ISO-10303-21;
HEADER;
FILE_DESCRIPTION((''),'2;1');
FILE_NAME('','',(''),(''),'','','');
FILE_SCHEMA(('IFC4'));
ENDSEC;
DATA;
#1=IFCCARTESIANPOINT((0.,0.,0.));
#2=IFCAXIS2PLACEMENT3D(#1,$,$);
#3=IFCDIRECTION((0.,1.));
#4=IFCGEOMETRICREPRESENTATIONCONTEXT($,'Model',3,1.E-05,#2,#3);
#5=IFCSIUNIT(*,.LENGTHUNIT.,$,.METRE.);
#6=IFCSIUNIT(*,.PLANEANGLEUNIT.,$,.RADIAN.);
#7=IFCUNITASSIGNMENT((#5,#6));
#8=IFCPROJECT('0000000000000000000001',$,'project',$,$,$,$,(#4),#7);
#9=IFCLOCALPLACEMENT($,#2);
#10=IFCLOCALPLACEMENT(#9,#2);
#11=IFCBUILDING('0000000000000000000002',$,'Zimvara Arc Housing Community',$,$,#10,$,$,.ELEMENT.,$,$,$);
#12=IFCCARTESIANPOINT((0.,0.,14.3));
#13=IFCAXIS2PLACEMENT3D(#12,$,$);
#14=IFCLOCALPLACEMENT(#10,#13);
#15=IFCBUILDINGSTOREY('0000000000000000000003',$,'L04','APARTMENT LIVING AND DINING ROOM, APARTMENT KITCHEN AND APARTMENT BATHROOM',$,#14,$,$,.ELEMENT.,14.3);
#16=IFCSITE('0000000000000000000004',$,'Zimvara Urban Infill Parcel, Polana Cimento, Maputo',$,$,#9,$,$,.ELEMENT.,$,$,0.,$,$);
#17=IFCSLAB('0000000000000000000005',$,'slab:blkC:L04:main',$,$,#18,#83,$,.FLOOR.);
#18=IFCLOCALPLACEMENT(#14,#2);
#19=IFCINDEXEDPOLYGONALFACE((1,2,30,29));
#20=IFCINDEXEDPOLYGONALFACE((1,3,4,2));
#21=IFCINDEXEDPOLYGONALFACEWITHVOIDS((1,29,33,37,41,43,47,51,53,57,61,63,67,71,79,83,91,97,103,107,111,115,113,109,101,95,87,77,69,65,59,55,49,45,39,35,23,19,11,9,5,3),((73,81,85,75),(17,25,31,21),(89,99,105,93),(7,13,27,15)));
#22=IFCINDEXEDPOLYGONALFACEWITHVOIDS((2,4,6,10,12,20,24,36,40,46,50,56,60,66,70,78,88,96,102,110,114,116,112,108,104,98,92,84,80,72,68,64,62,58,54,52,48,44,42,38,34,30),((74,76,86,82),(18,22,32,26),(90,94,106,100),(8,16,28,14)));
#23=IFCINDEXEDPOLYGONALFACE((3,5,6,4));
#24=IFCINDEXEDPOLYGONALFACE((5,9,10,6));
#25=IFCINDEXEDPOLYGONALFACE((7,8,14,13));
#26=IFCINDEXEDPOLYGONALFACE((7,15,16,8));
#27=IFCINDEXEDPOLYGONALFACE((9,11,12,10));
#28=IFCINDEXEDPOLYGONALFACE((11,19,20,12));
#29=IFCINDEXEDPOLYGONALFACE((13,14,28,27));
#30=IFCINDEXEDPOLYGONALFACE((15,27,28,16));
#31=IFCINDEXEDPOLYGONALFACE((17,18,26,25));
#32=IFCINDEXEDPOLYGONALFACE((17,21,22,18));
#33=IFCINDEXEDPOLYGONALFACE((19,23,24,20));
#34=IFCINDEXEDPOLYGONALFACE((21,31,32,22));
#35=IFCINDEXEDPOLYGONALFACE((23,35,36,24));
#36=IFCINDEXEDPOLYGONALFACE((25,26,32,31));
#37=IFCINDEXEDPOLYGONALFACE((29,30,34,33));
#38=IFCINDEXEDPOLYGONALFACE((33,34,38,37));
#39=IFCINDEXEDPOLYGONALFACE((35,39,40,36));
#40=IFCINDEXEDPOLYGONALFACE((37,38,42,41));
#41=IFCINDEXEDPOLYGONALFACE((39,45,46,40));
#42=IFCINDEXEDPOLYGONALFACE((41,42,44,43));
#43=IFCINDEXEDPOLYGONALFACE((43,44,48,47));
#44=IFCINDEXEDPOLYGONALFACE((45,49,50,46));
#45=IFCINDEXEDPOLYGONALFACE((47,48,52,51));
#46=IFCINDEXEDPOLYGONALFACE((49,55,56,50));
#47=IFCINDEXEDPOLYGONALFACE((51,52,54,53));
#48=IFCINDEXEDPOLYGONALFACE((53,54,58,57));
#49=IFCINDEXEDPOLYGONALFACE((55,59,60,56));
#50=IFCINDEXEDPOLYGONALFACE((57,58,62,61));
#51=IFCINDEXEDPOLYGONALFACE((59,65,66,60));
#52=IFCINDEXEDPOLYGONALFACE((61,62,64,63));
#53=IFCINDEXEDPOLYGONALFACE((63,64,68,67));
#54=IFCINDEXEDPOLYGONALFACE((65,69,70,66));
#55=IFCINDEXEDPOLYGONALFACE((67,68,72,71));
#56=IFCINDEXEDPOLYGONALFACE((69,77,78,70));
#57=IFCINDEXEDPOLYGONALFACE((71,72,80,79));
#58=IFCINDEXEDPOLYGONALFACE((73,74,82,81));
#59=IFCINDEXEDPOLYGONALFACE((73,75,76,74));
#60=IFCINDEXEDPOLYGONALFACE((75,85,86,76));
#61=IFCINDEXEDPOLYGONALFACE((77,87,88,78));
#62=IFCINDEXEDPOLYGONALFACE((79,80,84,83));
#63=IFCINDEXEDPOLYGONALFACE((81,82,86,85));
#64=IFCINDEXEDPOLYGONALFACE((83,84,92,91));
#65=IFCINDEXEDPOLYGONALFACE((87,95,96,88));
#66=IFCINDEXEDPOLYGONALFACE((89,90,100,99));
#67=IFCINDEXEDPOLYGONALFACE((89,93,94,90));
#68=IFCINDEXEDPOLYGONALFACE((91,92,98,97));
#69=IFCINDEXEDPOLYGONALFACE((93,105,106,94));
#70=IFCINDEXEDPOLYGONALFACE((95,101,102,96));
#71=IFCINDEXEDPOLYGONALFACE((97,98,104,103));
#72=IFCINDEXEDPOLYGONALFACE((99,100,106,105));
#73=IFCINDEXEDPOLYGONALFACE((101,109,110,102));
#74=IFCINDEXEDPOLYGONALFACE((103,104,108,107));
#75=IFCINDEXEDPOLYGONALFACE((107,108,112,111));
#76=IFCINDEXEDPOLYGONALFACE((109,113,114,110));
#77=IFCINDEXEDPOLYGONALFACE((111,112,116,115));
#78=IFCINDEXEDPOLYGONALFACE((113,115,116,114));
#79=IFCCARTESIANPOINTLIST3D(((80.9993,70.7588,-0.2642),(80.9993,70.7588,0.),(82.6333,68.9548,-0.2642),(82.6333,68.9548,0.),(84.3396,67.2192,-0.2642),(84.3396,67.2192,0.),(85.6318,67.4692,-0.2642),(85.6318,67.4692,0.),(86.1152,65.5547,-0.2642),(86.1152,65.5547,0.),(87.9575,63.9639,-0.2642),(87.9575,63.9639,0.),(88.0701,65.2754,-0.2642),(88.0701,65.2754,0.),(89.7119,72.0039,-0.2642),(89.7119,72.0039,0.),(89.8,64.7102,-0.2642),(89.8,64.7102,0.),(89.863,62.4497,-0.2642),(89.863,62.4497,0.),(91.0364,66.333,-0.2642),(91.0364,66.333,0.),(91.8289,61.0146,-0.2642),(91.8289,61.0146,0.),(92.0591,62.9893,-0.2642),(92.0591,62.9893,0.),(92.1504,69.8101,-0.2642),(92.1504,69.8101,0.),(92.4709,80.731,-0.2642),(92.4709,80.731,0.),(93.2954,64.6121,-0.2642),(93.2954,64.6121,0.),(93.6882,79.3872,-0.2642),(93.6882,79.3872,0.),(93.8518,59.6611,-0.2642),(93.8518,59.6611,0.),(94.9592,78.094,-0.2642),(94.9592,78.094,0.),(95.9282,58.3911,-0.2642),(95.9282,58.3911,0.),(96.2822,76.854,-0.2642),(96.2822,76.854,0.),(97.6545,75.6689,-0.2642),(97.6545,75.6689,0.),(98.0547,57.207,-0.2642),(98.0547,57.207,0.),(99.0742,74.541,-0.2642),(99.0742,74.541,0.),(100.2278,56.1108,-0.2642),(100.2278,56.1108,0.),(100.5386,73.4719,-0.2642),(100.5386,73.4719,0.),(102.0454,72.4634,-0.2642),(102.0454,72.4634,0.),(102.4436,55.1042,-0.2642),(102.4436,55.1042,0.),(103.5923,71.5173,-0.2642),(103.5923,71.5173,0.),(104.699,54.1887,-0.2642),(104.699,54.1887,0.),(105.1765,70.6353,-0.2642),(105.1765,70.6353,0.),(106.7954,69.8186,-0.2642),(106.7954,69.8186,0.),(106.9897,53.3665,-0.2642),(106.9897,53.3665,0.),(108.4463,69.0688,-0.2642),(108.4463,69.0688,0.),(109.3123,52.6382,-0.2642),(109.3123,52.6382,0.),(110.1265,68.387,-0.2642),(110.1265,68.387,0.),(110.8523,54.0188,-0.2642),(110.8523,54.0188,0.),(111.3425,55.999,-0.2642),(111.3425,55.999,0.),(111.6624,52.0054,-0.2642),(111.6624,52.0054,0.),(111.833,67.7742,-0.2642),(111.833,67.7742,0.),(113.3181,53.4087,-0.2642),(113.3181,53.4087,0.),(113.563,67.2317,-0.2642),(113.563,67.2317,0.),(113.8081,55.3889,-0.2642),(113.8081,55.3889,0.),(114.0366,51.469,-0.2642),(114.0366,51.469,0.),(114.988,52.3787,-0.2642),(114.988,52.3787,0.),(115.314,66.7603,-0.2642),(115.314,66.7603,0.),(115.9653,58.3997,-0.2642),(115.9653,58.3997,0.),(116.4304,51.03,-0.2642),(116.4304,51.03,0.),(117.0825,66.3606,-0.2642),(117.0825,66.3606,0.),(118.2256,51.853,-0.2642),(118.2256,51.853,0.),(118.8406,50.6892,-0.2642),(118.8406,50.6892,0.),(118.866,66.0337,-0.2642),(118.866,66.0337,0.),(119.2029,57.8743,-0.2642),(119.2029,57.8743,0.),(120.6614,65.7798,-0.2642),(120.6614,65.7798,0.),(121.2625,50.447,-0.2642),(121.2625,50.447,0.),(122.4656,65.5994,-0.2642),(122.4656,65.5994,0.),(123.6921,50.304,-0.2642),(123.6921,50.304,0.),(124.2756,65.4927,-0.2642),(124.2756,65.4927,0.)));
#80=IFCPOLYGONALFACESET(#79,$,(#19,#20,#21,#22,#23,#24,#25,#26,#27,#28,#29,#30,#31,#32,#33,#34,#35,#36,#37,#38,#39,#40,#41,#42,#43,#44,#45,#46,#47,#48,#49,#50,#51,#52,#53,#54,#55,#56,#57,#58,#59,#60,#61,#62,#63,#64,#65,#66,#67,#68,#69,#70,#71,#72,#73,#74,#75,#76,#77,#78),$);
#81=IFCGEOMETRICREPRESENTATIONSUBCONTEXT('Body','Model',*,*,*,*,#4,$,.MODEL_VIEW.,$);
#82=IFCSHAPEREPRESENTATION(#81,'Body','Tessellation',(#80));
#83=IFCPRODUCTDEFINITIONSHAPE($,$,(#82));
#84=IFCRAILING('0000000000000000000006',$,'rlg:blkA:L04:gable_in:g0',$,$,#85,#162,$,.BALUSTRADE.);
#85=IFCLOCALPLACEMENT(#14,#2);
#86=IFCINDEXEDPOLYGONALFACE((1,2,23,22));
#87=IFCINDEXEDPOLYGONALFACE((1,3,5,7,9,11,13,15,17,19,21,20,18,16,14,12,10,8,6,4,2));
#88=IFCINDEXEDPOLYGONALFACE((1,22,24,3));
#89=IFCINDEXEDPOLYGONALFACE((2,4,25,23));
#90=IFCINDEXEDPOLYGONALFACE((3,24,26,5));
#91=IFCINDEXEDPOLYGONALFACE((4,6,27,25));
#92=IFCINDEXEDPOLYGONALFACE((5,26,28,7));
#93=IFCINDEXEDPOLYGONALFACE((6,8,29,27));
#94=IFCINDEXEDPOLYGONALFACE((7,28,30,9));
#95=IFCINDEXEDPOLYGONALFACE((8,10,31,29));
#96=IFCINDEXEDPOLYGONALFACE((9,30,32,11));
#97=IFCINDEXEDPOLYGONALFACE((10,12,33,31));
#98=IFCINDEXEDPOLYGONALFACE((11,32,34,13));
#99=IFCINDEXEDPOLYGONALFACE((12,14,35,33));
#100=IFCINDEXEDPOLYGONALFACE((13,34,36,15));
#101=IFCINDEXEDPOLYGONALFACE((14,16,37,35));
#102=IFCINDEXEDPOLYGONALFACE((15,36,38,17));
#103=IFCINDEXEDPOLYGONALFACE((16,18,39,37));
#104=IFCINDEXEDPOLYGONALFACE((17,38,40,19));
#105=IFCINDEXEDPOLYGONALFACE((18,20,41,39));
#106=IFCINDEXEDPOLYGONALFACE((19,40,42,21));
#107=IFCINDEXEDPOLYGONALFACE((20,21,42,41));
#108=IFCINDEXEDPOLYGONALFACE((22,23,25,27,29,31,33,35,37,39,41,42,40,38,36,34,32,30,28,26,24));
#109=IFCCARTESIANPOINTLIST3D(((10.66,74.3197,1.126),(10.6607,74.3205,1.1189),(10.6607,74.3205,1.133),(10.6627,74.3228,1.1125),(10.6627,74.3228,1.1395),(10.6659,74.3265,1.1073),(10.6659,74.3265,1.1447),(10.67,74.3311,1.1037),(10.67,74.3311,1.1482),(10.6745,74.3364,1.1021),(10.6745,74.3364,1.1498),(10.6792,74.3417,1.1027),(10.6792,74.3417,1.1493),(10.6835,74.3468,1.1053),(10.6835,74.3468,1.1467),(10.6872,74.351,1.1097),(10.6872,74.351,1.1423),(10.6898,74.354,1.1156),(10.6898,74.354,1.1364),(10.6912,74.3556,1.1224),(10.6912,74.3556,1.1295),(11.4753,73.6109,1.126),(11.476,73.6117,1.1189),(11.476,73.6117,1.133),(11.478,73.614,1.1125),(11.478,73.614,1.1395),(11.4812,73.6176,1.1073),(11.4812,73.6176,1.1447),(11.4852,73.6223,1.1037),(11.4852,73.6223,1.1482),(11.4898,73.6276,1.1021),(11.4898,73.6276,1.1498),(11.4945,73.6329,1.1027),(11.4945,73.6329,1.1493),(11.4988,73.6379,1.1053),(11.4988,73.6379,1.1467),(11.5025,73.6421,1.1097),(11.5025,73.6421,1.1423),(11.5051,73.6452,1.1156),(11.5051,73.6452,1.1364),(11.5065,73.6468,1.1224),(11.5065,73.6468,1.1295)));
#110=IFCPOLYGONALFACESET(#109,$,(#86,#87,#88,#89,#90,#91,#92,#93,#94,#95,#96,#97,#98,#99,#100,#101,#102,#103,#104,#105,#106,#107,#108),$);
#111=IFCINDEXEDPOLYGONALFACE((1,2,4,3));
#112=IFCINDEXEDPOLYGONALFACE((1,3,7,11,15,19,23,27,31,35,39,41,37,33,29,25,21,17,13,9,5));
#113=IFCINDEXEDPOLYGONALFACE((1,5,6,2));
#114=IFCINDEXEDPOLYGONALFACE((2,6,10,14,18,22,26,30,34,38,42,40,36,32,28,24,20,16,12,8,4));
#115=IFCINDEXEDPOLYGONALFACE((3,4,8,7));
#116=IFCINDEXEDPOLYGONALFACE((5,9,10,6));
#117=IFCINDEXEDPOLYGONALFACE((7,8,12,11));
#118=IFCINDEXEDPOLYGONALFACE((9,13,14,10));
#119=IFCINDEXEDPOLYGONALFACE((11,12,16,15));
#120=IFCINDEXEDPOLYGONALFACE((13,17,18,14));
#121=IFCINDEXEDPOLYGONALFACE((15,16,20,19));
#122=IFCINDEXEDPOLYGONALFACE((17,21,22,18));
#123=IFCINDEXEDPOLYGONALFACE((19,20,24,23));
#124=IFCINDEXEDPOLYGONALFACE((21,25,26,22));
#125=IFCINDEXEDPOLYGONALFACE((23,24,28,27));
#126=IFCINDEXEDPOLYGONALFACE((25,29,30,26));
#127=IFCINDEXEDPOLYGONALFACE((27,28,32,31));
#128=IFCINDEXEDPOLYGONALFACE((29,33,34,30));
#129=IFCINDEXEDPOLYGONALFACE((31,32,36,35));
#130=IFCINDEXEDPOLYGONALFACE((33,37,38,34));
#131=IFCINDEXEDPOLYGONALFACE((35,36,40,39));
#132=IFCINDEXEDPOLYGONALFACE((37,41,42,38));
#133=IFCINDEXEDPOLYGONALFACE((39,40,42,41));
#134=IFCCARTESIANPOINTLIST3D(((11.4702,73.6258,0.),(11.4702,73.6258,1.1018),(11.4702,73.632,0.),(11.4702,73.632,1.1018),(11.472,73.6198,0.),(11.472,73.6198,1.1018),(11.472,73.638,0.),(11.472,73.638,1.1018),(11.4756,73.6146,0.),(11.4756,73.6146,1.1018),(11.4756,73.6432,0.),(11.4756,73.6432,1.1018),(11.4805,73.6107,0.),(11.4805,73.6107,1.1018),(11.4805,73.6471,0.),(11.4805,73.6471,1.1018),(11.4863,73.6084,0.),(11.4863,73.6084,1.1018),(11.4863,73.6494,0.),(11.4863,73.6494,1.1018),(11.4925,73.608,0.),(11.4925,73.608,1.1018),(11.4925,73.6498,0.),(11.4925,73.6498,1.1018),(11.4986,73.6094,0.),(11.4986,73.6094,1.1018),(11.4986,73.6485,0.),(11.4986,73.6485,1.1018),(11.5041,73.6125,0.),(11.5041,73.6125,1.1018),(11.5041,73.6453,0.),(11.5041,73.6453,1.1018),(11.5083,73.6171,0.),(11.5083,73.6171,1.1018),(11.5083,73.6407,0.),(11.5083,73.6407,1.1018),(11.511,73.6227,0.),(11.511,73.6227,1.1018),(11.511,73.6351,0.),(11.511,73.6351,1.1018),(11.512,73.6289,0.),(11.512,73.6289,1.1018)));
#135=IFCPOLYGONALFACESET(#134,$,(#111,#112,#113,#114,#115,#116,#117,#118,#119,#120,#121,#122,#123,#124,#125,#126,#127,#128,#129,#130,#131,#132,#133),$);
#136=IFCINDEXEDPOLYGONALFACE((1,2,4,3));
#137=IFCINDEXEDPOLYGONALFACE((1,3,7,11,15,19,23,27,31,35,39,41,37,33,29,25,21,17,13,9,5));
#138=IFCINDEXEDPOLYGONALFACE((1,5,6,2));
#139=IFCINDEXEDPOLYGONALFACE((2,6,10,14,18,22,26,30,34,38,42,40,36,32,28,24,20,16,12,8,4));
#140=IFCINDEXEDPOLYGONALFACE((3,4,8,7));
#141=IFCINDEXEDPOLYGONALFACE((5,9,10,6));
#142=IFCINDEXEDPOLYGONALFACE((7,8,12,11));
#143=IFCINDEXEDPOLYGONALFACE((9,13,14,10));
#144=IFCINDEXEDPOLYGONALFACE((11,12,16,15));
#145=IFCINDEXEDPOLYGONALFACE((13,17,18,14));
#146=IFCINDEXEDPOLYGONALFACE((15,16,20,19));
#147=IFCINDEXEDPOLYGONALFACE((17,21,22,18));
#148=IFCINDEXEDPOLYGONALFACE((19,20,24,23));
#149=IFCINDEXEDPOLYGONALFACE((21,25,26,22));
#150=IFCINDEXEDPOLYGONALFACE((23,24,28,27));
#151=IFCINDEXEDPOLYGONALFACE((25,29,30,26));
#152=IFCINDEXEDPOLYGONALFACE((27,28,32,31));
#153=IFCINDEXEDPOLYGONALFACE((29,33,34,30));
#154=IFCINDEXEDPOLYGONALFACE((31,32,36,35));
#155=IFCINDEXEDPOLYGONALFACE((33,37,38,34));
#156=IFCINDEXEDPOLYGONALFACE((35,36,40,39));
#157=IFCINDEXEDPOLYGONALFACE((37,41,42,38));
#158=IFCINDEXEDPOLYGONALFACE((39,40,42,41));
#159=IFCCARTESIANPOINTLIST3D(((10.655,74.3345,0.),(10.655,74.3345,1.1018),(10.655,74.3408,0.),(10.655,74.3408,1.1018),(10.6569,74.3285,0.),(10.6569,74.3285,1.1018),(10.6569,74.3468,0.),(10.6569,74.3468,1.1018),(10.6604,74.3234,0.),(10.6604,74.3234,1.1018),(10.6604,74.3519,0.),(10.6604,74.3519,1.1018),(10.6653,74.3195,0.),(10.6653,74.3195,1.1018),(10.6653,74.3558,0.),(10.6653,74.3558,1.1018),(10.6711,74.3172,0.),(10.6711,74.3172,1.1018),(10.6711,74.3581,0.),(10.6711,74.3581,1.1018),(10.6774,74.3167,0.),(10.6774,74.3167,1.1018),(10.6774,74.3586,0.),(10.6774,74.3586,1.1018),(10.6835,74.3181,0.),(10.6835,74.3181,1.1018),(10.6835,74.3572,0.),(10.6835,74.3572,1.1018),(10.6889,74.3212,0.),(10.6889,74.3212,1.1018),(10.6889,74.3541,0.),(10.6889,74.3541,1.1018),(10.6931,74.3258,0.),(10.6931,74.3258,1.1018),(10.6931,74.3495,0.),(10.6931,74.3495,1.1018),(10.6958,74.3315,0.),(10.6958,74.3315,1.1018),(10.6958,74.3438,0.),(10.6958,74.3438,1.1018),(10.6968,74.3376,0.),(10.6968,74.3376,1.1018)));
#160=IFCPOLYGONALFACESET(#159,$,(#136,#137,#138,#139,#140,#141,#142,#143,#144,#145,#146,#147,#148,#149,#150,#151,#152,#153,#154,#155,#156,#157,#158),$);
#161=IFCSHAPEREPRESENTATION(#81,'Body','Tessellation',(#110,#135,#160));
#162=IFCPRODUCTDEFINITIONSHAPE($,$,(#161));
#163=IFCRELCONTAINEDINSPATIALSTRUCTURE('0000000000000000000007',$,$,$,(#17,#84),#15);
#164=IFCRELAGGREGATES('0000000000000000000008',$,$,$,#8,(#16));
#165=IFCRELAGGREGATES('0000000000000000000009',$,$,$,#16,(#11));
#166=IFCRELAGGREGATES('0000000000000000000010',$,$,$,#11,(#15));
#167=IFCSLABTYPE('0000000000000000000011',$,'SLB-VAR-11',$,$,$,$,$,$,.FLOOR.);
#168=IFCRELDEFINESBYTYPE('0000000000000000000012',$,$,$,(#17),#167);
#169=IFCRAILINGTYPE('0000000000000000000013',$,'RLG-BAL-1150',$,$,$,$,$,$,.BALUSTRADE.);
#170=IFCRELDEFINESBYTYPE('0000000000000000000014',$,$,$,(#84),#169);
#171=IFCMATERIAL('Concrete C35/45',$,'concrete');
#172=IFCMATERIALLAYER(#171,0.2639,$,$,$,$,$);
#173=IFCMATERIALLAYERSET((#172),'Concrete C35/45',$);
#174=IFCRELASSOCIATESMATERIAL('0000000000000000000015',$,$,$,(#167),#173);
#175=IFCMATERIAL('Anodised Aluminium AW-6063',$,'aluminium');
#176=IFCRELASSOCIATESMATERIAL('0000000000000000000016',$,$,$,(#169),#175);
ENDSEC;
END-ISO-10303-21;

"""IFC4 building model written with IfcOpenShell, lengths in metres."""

from ifc_helpers import new_model, si_unit, direction, frame, origin, origin_2d, place, context, subcontext, project, spatial, polyline, circle, outline, extrude, material, layer, layer_set, type_object, element, save


model = new_model("IFC4")

# Units and contexts
model_context = context("Model", 3, precision=1e-05, world=origin(), true_north=direction((0.0, 1.0)))
body_context = subcontext(model_context, "Body", "Model", "MODEL_VIEW")
ifc_project = project(units=[si_unit("LENGTHUNIT", "METRE"), si_unit("PLANEANGLEUNIT", "RADIAN")], contexts=[model_context])

# Site, building, storey
site_placement = place(None, origin())
site = spatial("IfcSite", under=ifc_project, at=site_placement, Name="Zimvara Urban Infill Parcel, Polana Cimento, Maputo", CompositionType="ELEMENT", RefElevation=0.0)
building_placement = place(site_placement, origin())
building = spatial("IfcBuilding", under=site, at=building_placement, Name="Zimvara Arc Housing Community", CompositionType="ELEMENT")
storey_placement = place(building_placement, frame((0.0, 0.0, 14.3)))
storey = spatial("IfcBuildingStorey", under=building, at=storey_placement, Name="L04", Description="APARTMENT LIVING AND DINING ROOM, APARTMENT KITCHEN AND APARTMENT BATHROOM", CompositionType="ELEMENT", Elevation=14.3)

# Slab
ifc_material_1 = material(Name="Concrete C35/45", Category="concrete")
ifc_layer_1 = layer(ifc_material_1, 0.2639)
ifc_layer_set_1 = layer_set([ifc_layer_1], Name="Concrete C35/45")
slab_type_1 = type_object("IfcSlabType", Name="SLB-VAR-11", PredefinedType="FLOOR", material=ifc_layer_set_1)
slab_1_placement = place(storey_placement, frame((0.0, 0.0, -0.2642)))
element("IfcSlab", 1, at=slab_1_placement, inside=storey, type_object=slab_type_1, Name="slab:blkC:L04:main", PredefinedType="FLOOR", context=body_context, shape_type="SweptSolid", body=[
    extrude(outline(polyline([(80.9993, 70.7588), (82.6333, 68.9548), (84.3396, 67.2192), (86.1152, 65.5547), (87.9575, 63.9639), (89.863, 62.4497), (91.8289, 61.0146), (93.8518, 59.6611), (95.9282, 58.3911), (98.0547, 57.207), (100.2278, 56.1108), (102.4436, 55.1042), (104.699, 54.1887), (106.9897, 53.3665), (109.3123, 52.6382), (111.6624, 52.0054), (114.0366, 51.469), (116.4304, 51.03), (118.8406, 50.6892), (121.2625, 50.447), (123.6921, 50.304), (124.2756, 65.4927), (122.4656, 65.5994), (120.6614, 65.7798), (118.866, 66.0337), (117.0825, 66.3606), (115.314, 66.7603), (113.563, 67.2317), (111.833, 67.7742), (110.1265, 68.387), (108.4463, 69.0688), (106.7954, 69.8186), (105.1765, 70.6353), (103.5923, 71.5173), (102.0454, 72.4634), (100.5386, 73.4719), (99.0742, 74.541), (97.6545, 75.6689), (96.2822, 76.854), (94.9592, 78.094), (93.6882, 79.3872), (92.4709, 80.731), (80.9993, 70.7588)]), holes=[polyline([(92.1504, 69.8101), (88.0701, 65.2754), (85.6318, 67.4692), (89.7119, 72.0039), (92.1504, 69.8101)]), polyline([(119.2029, 57.8743), (118.2256, 51.853), (114.988, 52.3787), (115.9653, 58.3997), (119.2029, 57.8743)]), polyline([(93.2954, 64.6121), (92.0591, 62.9893), (89.8, 64.7102), (91.0364, 66.333), (93.2954, 64.6121)]), polyline([(113.8081, 55.3889), (113.3181, 53.4087), (110.8523, 54.0188), (111.3425, 55.999), (113.8081, 55.3889)])]), origin(), (0.0, 0.0, 1.0), 0.2642),
])

# Railing
ifc_material_2 = material(Name="Anodised Aluminium AW-6063", Category="aluminium")
railing_type_1 = type_object("IfcRailingType", Name="RLG-BAL-1150", PredefinedType="BALUSTRADE", material=ifc_material_2)
railing_1_placement = place(storey_placement, frame((11.491, 73.6289, 0.0)))
element("IfcRailing", 2, at=railing_1_placement, inside=storey, type_object=railing_type_1, Name="rlg:blkA:L04:gable_in:g0", PredefinedType="BALUSTRADE", context=body_context, shape_type="SweptSolid", body=[
    extrude(circle(Radius=0.0239, at=origin_2d()), frame((0.0, 0.0, 1.126), z_axis=(-0.754659, 0.656117, 0.0), x_axis=(-0.656117, -0.754659, 0.0)), (0.0, 0.0, 1.0), 1.0803),
    extrude(circle(Radius=0.021, at=origin_2d()), origin(), (0.0, 0.0, 1.0), 1.1018),
    extrude(circle(Radius=0.021, at=origin_2d()), frame((-0.8152, 0.7087, 0.0)), (0.0, 0.0, 1.0), 1.1018),
])

save(model, "model.ifc")
